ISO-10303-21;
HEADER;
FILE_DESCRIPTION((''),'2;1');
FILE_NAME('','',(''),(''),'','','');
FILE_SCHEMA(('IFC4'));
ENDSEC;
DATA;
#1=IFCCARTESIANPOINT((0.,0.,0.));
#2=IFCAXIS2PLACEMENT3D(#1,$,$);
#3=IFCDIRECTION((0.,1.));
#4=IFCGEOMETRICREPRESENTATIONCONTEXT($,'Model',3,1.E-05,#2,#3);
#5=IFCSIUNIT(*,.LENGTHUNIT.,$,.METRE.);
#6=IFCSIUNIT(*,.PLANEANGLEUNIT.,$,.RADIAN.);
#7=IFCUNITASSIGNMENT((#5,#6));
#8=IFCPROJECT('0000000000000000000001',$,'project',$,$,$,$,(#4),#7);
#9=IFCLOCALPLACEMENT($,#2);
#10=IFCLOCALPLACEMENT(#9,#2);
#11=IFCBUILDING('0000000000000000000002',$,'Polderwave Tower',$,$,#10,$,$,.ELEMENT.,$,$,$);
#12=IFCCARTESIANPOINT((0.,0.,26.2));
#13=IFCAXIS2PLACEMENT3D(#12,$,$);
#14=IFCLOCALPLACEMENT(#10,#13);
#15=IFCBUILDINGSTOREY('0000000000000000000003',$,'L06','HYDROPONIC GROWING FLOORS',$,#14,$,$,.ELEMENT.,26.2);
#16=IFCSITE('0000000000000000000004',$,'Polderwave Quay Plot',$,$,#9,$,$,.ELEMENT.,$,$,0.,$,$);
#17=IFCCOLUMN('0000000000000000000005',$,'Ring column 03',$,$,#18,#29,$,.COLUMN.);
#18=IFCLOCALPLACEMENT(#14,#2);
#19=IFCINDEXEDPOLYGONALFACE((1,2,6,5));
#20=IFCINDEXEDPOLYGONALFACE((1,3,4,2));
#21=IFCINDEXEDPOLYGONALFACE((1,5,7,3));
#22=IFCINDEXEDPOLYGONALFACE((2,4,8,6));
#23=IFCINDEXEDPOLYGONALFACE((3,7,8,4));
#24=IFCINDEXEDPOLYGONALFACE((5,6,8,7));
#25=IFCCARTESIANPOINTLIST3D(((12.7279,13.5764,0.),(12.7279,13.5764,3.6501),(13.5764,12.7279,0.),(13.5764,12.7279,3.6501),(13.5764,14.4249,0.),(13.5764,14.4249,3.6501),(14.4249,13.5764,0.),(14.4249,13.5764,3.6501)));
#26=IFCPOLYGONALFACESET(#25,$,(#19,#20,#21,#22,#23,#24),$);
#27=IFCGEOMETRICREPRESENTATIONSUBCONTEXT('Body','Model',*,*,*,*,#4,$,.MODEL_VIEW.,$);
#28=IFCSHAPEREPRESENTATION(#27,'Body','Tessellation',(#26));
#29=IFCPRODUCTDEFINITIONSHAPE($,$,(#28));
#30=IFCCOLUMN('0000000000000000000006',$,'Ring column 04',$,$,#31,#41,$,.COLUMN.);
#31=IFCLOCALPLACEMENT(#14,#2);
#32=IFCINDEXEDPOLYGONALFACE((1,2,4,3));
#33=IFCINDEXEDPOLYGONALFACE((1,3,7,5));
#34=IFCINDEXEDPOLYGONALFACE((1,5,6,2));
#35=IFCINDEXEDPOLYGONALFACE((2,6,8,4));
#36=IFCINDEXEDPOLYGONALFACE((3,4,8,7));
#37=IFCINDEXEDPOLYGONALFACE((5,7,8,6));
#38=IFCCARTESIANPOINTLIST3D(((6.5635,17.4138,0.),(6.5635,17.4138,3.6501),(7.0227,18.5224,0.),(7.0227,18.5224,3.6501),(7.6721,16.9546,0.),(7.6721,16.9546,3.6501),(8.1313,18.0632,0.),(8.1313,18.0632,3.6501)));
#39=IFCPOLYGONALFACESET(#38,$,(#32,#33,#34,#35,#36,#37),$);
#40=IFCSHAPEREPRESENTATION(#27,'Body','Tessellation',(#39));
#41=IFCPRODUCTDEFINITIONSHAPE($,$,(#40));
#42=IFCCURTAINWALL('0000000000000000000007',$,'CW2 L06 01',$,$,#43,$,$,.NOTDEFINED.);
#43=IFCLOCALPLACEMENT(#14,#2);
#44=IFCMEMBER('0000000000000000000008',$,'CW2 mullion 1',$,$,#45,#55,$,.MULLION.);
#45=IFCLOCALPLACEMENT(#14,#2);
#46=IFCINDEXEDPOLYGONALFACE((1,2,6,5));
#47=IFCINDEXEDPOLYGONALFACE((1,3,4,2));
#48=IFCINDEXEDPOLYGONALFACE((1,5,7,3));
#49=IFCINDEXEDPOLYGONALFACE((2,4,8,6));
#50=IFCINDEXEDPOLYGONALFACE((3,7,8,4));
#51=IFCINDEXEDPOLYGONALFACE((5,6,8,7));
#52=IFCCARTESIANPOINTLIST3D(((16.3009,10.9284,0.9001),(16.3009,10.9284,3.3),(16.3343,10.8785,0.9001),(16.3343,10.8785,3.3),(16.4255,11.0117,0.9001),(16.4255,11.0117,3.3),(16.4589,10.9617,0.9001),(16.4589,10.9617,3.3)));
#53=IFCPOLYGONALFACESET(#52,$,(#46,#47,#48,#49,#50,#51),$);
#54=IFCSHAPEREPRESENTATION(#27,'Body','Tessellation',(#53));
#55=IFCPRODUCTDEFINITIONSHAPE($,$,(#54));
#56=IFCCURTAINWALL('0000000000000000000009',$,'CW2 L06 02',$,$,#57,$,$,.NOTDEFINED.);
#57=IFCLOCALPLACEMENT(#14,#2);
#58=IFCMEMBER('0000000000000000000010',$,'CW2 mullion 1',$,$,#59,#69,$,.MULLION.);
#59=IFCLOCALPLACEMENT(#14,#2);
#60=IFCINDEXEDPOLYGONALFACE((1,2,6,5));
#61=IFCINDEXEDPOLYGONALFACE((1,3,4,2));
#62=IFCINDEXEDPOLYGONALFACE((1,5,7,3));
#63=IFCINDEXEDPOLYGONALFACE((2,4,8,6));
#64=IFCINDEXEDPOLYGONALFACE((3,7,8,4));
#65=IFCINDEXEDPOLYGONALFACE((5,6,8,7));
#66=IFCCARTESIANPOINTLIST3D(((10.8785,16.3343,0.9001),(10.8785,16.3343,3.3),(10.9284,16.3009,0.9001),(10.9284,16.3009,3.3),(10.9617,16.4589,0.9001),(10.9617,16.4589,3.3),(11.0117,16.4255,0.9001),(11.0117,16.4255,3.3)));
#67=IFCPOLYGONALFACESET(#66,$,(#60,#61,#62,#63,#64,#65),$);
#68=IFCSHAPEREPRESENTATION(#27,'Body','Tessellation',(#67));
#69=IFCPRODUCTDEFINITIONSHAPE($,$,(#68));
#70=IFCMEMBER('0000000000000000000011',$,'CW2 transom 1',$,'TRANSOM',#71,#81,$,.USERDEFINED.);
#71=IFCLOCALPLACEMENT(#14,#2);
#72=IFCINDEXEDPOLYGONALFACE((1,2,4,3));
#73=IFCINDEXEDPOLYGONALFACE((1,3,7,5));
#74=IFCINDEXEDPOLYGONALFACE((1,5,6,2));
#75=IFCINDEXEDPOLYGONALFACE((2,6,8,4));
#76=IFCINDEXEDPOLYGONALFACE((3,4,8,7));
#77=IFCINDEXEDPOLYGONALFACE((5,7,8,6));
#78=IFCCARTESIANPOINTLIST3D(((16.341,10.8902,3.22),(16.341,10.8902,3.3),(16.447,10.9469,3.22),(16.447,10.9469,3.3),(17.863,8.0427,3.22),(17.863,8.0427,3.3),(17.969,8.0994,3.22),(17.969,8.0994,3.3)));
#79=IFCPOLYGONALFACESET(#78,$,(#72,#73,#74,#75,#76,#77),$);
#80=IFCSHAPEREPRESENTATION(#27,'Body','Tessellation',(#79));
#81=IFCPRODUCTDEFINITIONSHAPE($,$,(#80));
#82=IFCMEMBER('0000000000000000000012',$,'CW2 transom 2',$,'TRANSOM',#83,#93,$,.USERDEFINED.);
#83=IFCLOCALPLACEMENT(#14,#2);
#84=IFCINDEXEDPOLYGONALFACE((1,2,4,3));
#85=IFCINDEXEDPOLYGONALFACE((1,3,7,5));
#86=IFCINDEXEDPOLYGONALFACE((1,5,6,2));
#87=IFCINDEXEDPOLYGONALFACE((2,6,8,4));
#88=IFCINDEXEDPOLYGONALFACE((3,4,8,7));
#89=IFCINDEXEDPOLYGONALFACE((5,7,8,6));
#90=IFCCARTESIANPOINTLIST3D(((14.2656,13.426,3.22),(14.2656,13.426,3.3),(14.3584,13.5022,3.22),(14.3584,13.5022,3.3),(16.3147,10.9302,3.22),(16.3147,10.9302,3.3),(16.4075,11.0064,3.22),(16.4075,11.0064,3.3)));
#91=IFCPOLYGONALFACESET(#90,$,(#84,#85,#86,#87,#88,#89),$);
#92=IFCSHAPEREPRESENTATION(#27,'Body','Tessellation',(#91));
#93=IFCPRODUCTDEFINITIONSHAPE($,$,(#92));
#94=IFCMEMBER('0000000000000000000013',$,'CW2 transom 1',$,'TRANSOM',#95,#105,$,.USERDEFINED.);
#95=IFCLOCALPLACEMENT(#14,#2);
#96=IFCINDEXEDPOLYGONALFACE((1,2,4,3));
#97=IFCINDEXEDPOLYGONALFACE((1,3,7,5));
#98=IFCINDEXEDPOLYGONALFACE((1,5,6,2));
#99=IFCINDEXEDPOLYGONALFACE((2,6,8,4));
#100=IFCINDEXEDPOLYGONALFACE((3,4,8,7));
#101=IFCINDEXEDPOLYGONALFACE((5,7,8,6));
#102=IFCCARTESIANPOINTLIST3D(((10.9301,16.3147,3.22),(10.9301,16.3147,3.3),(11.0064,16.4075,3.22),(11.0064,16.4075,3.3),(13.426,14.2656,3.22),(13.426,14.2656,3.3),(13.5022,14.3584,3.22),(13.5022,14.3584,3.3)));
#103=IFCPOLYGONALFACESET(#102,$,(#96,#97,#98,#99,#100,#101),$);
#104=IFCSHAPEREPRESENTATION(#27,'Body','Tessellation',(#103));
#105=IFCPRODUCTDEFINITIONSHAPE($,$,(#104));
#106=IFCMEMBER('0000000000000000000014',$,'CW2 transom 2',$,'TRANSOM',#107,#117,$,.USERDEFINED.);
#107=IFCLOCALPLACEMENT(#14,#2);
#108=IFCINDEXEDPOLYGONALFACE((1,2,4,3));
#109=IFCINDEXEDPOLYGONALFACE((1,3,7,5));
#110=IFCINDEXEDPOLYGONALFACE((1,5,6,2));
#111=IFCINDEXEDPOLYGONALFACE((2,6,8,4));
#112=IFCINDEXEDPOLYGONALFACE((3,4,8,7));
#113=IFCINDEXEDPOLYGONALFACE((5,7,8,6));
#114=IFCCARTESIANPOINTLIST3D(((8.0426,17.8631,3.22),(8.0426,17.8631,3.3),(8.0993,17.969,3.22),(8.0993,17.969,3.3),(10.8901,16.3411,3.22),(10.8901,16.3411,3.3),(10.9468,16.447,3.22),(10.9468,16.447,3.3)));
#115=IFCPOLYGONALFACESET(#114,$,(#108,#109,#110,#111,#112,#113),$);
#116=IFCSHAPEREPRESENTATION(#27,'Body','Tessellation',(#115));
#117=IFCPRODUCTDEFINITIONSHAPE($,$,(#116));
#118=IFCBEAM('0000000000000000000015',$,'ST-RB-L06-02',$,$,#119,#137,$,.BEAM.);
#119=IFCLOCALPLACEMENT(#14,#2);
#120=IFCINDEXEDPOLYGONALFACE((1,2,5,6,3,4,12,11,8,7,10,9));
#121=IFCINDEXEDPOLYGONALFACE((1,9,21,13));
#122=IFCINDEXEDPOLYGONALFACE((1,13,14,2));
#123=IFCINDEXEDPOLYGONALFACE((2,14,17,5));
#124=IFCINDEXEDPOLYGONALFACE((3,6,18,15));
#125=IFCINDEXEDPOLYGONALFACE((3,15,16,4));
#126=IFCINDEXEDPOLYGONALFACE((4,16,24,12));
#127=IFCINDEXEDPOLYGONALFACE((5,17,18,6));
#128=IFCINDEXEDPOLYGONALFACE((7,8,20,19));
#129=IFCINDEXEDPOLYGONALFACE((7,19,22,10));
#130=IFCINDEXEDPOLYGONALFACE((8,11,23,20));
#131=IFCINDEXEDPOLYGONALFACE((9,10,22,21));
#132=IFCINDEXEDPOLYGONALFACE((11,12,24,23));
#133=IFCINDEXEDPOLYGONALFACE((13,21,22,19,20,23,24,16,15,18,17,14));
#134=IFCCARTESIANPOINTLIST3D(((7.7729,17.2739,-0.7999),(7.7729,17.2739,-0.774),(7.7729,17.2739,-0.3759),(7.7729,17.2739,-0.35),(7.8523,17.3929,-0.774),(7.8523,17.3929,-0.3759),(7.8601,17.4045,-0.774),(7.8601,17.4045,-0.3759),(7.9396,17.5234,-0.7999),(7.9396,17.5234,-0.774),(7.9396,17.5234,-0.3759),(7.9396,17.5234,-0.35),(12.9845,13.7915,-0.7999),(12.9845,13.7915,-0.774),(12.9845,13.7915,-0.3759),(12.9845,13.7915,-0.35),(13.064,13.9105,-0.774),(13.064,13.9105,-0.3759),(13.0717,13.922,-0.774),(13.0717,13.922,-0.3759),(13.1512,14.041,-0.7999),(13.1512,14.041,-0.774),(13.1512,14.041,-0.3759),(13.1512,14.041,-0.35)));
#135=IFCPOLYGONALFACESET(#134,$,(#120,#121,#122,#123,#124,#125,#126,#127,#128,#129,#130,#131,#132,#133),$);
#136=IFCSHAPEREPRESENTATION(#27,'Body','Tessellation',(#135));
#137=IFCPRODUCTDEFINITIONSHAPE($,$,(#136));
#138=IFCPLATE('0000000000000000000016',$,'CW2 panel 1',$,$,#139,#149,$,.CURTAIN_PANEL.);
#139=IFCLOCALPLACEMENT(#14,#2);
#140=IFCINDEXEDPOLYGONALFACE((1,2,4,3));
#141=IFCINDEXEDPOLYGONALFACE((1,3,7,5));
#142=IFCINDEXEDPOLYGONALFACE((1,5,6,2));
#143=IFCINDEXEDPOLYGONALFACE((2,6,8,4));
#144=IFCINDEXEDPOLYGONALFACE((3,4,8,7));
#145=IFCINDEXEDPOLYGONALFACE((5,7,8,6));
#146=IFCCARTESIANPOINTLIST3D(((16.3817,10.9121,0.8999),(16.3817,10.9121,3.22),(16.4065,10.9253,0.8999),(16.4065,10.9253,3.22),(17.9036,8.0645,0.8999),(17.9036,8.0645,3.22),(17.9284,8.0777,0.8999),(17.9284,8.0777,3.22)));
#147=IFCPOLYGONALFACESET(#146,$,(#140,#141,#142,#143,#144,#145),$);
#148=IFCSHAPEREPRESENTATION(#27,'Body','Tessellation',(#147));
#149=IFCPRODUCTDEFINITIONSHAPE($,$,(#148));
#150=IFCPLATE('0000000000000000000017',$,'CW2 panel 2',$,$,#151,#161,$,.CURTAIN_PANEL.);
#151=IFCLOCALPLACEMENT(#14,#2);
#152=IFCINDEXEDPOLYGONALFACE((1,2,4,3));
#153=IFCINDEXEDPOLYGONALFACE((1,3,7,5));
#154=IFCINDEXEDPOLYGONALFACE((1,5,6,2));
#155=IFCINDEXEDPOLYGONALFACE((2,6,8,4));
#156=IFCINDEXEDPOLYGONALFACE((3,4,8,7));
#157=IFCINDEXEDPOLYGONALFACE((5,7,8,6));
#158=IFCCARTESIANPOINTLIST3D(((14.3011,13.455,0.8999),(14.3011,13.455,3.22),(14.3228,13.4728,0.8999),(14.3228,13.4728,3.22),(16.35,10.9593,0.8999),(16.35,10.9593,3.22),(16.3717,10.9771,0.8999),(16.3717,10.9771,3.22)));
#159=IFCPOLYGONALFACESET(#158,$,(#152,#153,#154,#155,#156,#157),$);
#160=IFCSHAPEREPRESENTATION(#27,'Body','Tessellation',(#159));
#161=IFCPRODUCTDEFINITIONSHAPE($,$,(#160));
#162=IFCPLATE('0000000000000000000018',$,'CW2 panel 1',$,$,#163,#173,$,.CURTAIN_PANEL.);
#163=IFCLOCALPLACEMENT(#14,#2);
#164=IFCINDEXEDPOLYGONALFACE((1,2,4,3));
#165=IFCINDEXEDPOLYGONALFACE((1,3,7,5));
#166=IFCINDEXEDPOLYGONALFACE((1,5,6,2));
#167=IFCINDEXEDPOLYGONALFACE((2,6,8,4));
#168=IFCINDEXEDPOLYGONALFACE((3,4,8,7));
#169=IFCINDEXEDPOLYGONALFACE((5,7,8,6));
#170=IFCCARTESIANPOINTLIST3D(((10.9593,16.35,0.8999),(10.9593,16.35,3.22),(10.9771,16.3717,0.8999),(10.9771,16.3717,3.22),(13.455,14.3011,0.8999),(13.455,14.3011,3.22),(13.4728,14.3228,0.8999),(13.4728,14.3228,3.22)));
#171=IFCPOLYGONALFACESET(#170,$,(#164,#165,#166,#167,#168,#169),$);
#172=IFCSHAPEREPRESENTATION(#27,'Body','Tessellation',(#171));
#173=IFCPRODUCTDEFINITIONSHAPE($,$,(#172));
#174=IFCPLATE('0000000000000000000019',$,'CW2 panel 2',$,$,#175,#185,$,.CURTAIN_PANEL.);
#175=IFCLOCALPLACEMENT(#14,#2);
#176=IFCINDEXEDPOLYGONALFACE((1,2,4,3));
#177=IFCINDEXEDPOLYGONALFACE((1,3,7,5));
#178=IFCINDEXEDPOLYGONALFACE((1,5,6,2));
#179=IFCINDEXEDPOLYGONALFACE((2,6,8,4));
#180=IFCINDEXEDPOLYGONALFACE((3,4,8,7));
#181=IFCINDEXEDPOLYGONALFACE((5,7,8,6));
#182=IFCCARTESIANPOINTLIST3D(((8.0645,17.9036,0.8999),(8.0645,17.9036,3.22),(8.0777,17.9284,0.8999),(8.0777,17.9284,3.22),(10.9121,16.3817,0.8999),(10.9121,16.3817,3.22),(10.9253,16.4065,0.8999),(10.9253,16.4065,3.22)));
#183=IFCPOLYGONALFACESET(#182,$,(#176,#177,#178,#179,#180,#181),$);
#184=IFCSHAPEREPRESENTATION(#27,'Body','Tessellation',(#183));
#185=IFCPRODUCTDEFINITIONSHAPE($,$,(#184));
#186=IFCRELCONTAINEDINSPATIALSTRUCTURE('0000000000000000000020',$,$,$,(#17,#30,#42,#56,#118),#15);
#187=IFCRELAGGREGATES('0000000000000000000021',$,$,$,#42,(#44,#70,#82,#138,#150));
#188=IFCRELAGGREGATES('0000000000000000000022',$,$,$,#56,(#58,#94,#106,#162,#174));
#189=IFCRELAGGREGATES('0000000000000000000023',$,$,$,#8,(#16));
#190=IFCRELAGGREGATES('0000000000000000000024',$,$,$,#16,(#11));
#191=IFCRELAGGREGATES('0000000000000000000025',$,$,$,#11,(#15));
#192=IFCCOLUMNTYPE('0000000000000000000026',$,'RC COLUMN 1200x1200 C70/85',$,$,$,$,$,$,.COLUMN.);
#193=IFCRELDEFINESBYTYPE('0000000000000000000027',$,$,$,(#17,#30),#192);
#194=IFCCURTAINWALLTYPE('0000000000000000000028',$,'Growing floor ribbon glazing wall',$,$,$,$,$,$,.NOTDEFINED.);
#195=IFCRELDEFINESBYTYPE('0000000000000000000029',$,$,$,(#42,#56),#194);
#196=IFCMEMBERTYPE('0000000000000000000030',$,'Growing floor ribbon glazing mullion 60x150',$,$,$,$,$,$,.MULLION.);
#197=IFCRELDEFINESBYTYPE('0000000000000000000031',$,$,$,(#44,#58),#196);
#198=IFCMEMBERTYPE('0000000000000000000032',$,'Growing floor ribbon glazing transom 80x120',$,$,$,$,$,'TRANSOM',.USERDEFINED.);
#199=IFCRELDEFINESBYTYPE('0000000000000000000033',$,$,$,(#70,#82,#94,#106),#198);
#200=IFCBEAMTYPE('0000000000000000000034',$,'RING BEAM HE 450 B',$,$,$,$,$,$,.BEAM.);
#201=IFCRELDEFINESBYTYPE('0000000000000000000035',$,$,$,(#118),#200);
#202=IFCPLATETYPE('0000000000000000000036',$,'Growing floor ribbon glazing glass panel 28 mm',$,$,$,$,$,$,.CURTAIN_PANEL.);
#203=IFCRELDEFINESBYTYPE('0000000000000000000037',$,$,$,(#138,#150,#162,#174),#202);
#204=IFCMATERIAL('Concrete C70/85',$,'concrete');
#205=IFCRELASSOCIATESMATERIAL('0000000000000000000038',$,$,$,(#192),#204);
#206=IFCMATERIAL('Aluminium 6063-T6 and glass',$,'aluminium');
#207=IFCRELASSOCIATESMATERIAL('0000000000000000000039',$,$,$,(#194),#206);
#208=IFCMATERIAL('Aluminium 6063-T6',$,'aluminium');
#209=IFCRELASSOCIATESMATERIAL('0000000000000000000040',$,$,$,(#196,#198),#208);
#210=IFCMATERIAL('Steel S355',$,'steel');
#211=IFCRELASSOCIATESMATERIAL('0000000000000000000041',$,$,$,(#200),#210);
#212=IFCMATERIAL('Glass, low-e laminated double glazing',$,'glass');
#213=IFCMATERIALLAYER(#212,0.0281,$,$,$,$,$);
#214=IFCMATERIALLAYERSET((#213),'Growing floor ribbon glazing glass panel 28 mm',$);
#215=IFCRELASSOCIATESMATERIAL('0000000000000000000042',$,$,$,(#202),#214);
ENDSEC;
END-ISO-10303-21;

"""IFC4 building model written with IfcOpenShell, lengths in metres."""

from ifc_helpers import new_model, si_unit, direction, frame, origin, origin_2d, place, context, subcontext, project, spatial, rectangle, i_section, extrude, material, layer, layer_set, material_profile, profile_set, type_object, element, aggregate, save


model = new_model("IFC4")

# Units and contexts
model_context = context("Model", 3, precision=1e-05, world=origin(), true_north=direction((0.0, 1.0)))
body_context = subcontext(model_context, "Body", "Model", "MODEL_VIEW")
ifc_project = project(units=[si_unit("LENGTHUNIT", "METRE"), si_unit("PLANEANGLEUNIT", "RADIAN")], contexts=[model_context])

# Site, building, storey
site_placement = place(None, origin())
site = spatial("IfcSite", under=ifc_project, at=site_placement, Name="Polderwave Quay Plot", CompositionType="ELEMENT", RefElevation=0.0)
building_placement = place(site_placement, origin())
building = spatial("IfcBuilding", under=site, at=building_placement, Name="Polderwave Tower", CompositionType="ELEMENT")
storey_placement = place(building_placement, frame((0.0, 0.0, 26.2)))
storey = spatial("IfcBuildingStorey", under=building, at=storey_placement, Name="L06", Description="HYDROPONIC GROWING FLOORS", CompositionType="ELEMENT", Elevation=26.2)

# Columns
ifc_material_1 = material(Name="Concrete C70/85", Category="concrete")
ifc_material_profile_1 = material_profile(ifc_material_1, rectangle(XDim=1.2, YDim=1.2, at=origin_2d()), Name="RC 1200x1200")
ifc_profile_set_1 = profile_set([ifc_material_profile_1], Name="Concrete C70/85")
column_type = type_object("IfcColumnType", Name="RC COLUMN 1200x1200 C70/85", PredefinedType="COLUMN", material=ifc_profile_set_1)
for number, where, z_axis, x_axis, name in (
    (1, (13.5764, 13.5764, 0.0), (0.0, 0.0, 1.0), (0.707107, 0.707107, 0.0), "Ring column 03"),
    (2, (7.3474, 17.7385, 0.0), (0.0, 0.0, 1.0), (0.382683, 0.92388, 0.0), "Ring column 04"),
):
    element("IfcColumn", number, at=place(storey_placement, frame(where, z_axis=z_axis, x_axis=x_axis)), inside=storey, type_object=column_type, Name=name, PredefinedType="COLUMN", context=body_context, shape_type="SweptSolid", body=[
        extrude(rectangle(XDim=1.2, YDim=1.2, at=origin_2d()), origin(), (0.0, 0.0, 1.0), 3.6501),
    ])

# Curtain walls, members
ifc_material_2 = material(Name="Aluminium 6063-T6 and glass", Category="aluminium")
curtain_wall_type = type_object("IfcCurtainWallType", Name="Growing floor ribbon glazing wall", PredefinedType="NOTDEFINED", material=ifc_material_2)
curtain_wall_1_placement = place(storey_placement, origin())
curtain_wall_1 = element("IfcCurtainWall", 3, at=curtain_wall_1_placement, inside=storey, type_object=curtain_wall_type, Name="CW2 L06 01", PredefinedType="NOTDEFINED")
ifc_material_3 = material(Name="Aluminium 6063-T6", Category="aluminium")
ifc_material_profile_2 = material_profile(ifc_material_3, rectangle(XDim=0.1499, YDim=0.0601, at=origin_2d()), Name="AL 60x150")
ifc_profile_set_2 = profile_set([ifc_material_profile_2], Name="Aluminium 6063-T6")
member_type_1 = type_object("IfcMemberType", Name="Growing floor ribbon glazing mullion 60x150", PredefinedType="MULLION", material=ifc_profile_set_2)
member_1_placement = place(storey_placement, frame((16.3799, 10.9451, 0.9001), z_axis=(0.0, 0.0, 1.0), x_axis=(-0.831437, -0.55562, 0.0)))
member_1 = element("IfcMember", 4, at=member_1_placement, type_object=member_type_1, Name="CW2 mullion 1", PredefinedType="MULLION", context=body_context, shape_type="SweptSolid", body=[
    extrude(rectangle(XDim=0.1499, YDim=0.0601, at=origin_2d()), origin(), (0.0, 0.0, 1.0), 2.3999),
])
curtain_wall_2_placement = place(storey_placement, origin())
curtain_wall_2 = element("IfcCurtainWall", 5, at=curtain_wall_2_placement, inside=storey, type_object=curtain_wall_type, Name="CW2 L06 02", PredefinedType="NOTDEFINED")
member_2_placement = place(storey_placement, frame((10.9451, 16.3799, 0.9001), z_axis=(0.0, 0.0, 1.0), x_axis=(-0.55562, -0.831437, 0.0)))
member_2 = element("IfcMember", 6, at=member_2_placement, type_object=member_type_1, Name="CW2 mullion 1", PredefinedType="MULLION", context=body_context, shape_type="SweptSolid", body=[
    extrude(rectangle(XDim=0.1499, YDim=0.0601, at=origin_2d()), origin(), (0.0, 0.0, 1.0), 2.3999),
])

# Members
ifc_material_profile_3 = material_profile(ifc_material_3, rectangle(XDim=0.1201, YDim=0.0801, at=origin_2d()), Name="AL 80x120")
ifc_profile_set_3 = profile_set([ifc_material_profile_3], Name="Aluminium 6063-T6")
member_type_2 = type_object("IfcMemberType", Name="Growing floor ribbon glazing transom 80x120", ElementType="TRANSOM", PredefinedType="USERDEFINED", material=ifc_profile_set_3)
member_3_placement = place(storey_placement, frame((17.916, 8.071, 3.26), z_axis=(-0.471397, 0.881921, 0.0), x_axis=(-0.881921, -0.471397, 0.0)))
member_3 = element("IfcMember", 7, at=member_3_placement, type_object=member_type_2, Name="CW2 transom 1", ObjectType="TRANSOM", PredefinedType="USERDEFINED", context=body_context, shape_type="SweptSolid", body=[
    extrude(rectangle(XDim=0.1201, YDim=0.0801, at=origin_2d()), origin(), (0.0, 0.0, 1.0), 3.2288),
])
member_4_placement = place(storey_placement, frame((16.3611, 10.9683, 3.26), z_axis=(-0.634538, 0.772892, 0.0), x_axis=(-0.772892, -0.634538, 0.0)))
member_4 = element("IfcMember", 8, at=member_4_placement, type_object=member_type_2, Name="CW2 transom 2", ObjectType="TRANSOM", PredefinedType="USERDEFINED", context=body_context, shape_type="SweptSolid", body=[
    extrude(rectangle(XDim=0.1201, YDim=0.0801, at=origin_2d()), origin(), (0.0, 0.0, 1.0), 3.2292),
])
member_5_placement = place(storey_placement, frame((13.4641, 14.312, 3.26), z_axis=(-0.772892, 0.634538, 0.0), x_axis=(-0.634538, -0.772892, 0.0)))
member_5 = element("IfcMember", 9, at=member_5_placement, type_object=member_type_2, Name="CW2 transom 1", ObjectType="TRANSOM", PredefinedType="USERDEFINED", context=body_context, shape_type="SweptSolid", body=[
    extrude(rectangle(XDim=0.1201, YDim=0.0801, at=origin_2d()), origin(), (0.0, 0.0, 1.0), 3.2292),
])
member_6_placement = place(storey_placement, frame((10.9185, 16.394, 3.26), z_axis=(-0.881921, 0.471397, 0.0), x_axis=(-0.471397, -0.881921, 0.0)))
member_6 = element("IfcMember", 10, at=member_6_placement, type_object=member_type_2, Name="CW2 transom 2", ObjectType="TRANSOM", PredefinedType="USERDEFINED", context=body_context, shape_type="SweptSolid", body=[
    extrude(rectangle(XDim=0.1201, YDim=0.0801, at=origin_2d()), origin(), (0.0, 0.0, 1.0), 3.2288),
])

# Beam
ifc_material_4 = material(Name="Steel S355", Category="steel")
ifc_material_profile_4 = material_profile(ifc_material_4, i_section(OverallWidth=0.3, OverallDepth=0.45, WebThickness=0.0139, FlangeThickness=0.0259, at=origin_2d()), Name="HE 450 B")
ifc_profile_set_4 = profile_set([ifc_material_profile_4], Name="Steel S355")
beam_type = type_object("IfcBeamType", Name="RING BEAM HE 450 B", PredefinedType="BEAM", material=ifc_profile_set_4)
beam_placement = place(storey_placement, frame((13.0679, 13.9163, -0.575), z_axis=(-0.831463, 0.555581, 0.0), x_axis=(-0.555581, -0.831463, 0.0)))
element("IfcBeam", 11, at=beam_placement, inside=storey, type_object=beam_type, Name="ST-RB-L06-02", PredefinedType="BEAM", context=body_context, shape_type="SweptSolid", body=[
    extrude(i_section(OverallWidth=0.3, OverallDepth=0.45, WebThickness=0.0139, FlangeThickness=0.0259, at=origin_2d()), origin(), (0.0, 0.0, 1.0), 6.2681),
])

# Plates
ifc_material_5 = material(Name="Glass, low-e laminated double glazing", Category="glass")
ifc_layer_1 = layer(ifc_material_5, 0.0281)
ifc_layer_set_1 = layer_set([ifc_layer_1], Name="Growing floor ribbon glazing glass panel 28 mm")
plate_type = type_object("IfcPlateType", Name="Growing floor ribbon glazing glass panel 28 mm", PredefinedType="CURTAIN_PANEL", material=ifc_layer_set_1)
plate_1_placement = place(storey_placement, frame((17.155, 9.4949, 0.8999), z_axis=(0.0, 0.0, 1.0), x_axis=(-0.471352, 0.881945, 0.0)))
plate_1 = element("IfcPlate", 12, at=plate_1_placement, type_object=plate_type, Name="CW2 panel 1", PredefinedType="CURTAIN_PANEL", context=body_context, shape_type="SweptSolid", body=[
    extrude(rectangle(XDim=3.2288, YDim=0.0281, at=origin_2d()), origin(), (0.0, 0.0, 1.0), 2.3201),
])
plate_2_placement = place(storey_placement, frame((15.3364, 12.2161, 0.8999), z_axis=(0.0, 0.0, 1.0), x_axis=(-0.634524, 0.772903, 0.0)))
plate_2 = element("IfcPlate", 13, at=plate_2_placement, type_object=plate_type, Name="CW2 panel 2", PredefinedType="CURTAIN_PANEL", context=body_context, shape_type="SweptSolid", body=[
    extrude(rectangle(XDim=3.229, YDim=0.0281, at=origin_2d()), origin(), (0.0, 0.0, 1.0), 2.3201),
])
aggregate(curtain_wall_1, [member_1, member_3, member_4, plate_1, plate_2])
plate_3_placement = place(storey_placement, frame((12.2161, 15.3364, 0.8999), z_axis=(0.0, 0.0, 1.0), x_axis=(-0.772903, 0.634524, 0.0)))
plate_3 = element("IfcPlate", 14, at=plate_3_placement, type_object=plate_type, Name="CW2 panel 1", PredefinedType="CURTAIN_PANEL", context=body_context, shape_type="SweptSolid", body=[
    extrude(rectangle(XDim=3.229, YDim=0.0281, at=origin_2d()), origin(), (0.0, 0.0, 1.0), 2.3201),
])
plate_4_placement = place(storey_placement, frame((9.4949, 17.155, 0.8999), z_axis=(0.0, 0.0, 1.0), x_axis=(-0.881945, 0.471352, 0.0)))
plate_4 = element("IfcPlate", 15, at=plate_4_placement, type_object=plate_type, Name="CW2 panel 2", PredefinedType="CURTAIN_PANEL", context=body_context, shape_type="SweptSolid", body=[
    extrude(rectangle(XDim=3.2288, YDim=0.0281, at=origin_2d()), origin(), (0.0, 0.0, 1.0), 2.3201),
])
aggregate(curtain_wall_2, [member_2, member_5, member_6, plate_3, plate_4])

save(model, "model.ifc")
